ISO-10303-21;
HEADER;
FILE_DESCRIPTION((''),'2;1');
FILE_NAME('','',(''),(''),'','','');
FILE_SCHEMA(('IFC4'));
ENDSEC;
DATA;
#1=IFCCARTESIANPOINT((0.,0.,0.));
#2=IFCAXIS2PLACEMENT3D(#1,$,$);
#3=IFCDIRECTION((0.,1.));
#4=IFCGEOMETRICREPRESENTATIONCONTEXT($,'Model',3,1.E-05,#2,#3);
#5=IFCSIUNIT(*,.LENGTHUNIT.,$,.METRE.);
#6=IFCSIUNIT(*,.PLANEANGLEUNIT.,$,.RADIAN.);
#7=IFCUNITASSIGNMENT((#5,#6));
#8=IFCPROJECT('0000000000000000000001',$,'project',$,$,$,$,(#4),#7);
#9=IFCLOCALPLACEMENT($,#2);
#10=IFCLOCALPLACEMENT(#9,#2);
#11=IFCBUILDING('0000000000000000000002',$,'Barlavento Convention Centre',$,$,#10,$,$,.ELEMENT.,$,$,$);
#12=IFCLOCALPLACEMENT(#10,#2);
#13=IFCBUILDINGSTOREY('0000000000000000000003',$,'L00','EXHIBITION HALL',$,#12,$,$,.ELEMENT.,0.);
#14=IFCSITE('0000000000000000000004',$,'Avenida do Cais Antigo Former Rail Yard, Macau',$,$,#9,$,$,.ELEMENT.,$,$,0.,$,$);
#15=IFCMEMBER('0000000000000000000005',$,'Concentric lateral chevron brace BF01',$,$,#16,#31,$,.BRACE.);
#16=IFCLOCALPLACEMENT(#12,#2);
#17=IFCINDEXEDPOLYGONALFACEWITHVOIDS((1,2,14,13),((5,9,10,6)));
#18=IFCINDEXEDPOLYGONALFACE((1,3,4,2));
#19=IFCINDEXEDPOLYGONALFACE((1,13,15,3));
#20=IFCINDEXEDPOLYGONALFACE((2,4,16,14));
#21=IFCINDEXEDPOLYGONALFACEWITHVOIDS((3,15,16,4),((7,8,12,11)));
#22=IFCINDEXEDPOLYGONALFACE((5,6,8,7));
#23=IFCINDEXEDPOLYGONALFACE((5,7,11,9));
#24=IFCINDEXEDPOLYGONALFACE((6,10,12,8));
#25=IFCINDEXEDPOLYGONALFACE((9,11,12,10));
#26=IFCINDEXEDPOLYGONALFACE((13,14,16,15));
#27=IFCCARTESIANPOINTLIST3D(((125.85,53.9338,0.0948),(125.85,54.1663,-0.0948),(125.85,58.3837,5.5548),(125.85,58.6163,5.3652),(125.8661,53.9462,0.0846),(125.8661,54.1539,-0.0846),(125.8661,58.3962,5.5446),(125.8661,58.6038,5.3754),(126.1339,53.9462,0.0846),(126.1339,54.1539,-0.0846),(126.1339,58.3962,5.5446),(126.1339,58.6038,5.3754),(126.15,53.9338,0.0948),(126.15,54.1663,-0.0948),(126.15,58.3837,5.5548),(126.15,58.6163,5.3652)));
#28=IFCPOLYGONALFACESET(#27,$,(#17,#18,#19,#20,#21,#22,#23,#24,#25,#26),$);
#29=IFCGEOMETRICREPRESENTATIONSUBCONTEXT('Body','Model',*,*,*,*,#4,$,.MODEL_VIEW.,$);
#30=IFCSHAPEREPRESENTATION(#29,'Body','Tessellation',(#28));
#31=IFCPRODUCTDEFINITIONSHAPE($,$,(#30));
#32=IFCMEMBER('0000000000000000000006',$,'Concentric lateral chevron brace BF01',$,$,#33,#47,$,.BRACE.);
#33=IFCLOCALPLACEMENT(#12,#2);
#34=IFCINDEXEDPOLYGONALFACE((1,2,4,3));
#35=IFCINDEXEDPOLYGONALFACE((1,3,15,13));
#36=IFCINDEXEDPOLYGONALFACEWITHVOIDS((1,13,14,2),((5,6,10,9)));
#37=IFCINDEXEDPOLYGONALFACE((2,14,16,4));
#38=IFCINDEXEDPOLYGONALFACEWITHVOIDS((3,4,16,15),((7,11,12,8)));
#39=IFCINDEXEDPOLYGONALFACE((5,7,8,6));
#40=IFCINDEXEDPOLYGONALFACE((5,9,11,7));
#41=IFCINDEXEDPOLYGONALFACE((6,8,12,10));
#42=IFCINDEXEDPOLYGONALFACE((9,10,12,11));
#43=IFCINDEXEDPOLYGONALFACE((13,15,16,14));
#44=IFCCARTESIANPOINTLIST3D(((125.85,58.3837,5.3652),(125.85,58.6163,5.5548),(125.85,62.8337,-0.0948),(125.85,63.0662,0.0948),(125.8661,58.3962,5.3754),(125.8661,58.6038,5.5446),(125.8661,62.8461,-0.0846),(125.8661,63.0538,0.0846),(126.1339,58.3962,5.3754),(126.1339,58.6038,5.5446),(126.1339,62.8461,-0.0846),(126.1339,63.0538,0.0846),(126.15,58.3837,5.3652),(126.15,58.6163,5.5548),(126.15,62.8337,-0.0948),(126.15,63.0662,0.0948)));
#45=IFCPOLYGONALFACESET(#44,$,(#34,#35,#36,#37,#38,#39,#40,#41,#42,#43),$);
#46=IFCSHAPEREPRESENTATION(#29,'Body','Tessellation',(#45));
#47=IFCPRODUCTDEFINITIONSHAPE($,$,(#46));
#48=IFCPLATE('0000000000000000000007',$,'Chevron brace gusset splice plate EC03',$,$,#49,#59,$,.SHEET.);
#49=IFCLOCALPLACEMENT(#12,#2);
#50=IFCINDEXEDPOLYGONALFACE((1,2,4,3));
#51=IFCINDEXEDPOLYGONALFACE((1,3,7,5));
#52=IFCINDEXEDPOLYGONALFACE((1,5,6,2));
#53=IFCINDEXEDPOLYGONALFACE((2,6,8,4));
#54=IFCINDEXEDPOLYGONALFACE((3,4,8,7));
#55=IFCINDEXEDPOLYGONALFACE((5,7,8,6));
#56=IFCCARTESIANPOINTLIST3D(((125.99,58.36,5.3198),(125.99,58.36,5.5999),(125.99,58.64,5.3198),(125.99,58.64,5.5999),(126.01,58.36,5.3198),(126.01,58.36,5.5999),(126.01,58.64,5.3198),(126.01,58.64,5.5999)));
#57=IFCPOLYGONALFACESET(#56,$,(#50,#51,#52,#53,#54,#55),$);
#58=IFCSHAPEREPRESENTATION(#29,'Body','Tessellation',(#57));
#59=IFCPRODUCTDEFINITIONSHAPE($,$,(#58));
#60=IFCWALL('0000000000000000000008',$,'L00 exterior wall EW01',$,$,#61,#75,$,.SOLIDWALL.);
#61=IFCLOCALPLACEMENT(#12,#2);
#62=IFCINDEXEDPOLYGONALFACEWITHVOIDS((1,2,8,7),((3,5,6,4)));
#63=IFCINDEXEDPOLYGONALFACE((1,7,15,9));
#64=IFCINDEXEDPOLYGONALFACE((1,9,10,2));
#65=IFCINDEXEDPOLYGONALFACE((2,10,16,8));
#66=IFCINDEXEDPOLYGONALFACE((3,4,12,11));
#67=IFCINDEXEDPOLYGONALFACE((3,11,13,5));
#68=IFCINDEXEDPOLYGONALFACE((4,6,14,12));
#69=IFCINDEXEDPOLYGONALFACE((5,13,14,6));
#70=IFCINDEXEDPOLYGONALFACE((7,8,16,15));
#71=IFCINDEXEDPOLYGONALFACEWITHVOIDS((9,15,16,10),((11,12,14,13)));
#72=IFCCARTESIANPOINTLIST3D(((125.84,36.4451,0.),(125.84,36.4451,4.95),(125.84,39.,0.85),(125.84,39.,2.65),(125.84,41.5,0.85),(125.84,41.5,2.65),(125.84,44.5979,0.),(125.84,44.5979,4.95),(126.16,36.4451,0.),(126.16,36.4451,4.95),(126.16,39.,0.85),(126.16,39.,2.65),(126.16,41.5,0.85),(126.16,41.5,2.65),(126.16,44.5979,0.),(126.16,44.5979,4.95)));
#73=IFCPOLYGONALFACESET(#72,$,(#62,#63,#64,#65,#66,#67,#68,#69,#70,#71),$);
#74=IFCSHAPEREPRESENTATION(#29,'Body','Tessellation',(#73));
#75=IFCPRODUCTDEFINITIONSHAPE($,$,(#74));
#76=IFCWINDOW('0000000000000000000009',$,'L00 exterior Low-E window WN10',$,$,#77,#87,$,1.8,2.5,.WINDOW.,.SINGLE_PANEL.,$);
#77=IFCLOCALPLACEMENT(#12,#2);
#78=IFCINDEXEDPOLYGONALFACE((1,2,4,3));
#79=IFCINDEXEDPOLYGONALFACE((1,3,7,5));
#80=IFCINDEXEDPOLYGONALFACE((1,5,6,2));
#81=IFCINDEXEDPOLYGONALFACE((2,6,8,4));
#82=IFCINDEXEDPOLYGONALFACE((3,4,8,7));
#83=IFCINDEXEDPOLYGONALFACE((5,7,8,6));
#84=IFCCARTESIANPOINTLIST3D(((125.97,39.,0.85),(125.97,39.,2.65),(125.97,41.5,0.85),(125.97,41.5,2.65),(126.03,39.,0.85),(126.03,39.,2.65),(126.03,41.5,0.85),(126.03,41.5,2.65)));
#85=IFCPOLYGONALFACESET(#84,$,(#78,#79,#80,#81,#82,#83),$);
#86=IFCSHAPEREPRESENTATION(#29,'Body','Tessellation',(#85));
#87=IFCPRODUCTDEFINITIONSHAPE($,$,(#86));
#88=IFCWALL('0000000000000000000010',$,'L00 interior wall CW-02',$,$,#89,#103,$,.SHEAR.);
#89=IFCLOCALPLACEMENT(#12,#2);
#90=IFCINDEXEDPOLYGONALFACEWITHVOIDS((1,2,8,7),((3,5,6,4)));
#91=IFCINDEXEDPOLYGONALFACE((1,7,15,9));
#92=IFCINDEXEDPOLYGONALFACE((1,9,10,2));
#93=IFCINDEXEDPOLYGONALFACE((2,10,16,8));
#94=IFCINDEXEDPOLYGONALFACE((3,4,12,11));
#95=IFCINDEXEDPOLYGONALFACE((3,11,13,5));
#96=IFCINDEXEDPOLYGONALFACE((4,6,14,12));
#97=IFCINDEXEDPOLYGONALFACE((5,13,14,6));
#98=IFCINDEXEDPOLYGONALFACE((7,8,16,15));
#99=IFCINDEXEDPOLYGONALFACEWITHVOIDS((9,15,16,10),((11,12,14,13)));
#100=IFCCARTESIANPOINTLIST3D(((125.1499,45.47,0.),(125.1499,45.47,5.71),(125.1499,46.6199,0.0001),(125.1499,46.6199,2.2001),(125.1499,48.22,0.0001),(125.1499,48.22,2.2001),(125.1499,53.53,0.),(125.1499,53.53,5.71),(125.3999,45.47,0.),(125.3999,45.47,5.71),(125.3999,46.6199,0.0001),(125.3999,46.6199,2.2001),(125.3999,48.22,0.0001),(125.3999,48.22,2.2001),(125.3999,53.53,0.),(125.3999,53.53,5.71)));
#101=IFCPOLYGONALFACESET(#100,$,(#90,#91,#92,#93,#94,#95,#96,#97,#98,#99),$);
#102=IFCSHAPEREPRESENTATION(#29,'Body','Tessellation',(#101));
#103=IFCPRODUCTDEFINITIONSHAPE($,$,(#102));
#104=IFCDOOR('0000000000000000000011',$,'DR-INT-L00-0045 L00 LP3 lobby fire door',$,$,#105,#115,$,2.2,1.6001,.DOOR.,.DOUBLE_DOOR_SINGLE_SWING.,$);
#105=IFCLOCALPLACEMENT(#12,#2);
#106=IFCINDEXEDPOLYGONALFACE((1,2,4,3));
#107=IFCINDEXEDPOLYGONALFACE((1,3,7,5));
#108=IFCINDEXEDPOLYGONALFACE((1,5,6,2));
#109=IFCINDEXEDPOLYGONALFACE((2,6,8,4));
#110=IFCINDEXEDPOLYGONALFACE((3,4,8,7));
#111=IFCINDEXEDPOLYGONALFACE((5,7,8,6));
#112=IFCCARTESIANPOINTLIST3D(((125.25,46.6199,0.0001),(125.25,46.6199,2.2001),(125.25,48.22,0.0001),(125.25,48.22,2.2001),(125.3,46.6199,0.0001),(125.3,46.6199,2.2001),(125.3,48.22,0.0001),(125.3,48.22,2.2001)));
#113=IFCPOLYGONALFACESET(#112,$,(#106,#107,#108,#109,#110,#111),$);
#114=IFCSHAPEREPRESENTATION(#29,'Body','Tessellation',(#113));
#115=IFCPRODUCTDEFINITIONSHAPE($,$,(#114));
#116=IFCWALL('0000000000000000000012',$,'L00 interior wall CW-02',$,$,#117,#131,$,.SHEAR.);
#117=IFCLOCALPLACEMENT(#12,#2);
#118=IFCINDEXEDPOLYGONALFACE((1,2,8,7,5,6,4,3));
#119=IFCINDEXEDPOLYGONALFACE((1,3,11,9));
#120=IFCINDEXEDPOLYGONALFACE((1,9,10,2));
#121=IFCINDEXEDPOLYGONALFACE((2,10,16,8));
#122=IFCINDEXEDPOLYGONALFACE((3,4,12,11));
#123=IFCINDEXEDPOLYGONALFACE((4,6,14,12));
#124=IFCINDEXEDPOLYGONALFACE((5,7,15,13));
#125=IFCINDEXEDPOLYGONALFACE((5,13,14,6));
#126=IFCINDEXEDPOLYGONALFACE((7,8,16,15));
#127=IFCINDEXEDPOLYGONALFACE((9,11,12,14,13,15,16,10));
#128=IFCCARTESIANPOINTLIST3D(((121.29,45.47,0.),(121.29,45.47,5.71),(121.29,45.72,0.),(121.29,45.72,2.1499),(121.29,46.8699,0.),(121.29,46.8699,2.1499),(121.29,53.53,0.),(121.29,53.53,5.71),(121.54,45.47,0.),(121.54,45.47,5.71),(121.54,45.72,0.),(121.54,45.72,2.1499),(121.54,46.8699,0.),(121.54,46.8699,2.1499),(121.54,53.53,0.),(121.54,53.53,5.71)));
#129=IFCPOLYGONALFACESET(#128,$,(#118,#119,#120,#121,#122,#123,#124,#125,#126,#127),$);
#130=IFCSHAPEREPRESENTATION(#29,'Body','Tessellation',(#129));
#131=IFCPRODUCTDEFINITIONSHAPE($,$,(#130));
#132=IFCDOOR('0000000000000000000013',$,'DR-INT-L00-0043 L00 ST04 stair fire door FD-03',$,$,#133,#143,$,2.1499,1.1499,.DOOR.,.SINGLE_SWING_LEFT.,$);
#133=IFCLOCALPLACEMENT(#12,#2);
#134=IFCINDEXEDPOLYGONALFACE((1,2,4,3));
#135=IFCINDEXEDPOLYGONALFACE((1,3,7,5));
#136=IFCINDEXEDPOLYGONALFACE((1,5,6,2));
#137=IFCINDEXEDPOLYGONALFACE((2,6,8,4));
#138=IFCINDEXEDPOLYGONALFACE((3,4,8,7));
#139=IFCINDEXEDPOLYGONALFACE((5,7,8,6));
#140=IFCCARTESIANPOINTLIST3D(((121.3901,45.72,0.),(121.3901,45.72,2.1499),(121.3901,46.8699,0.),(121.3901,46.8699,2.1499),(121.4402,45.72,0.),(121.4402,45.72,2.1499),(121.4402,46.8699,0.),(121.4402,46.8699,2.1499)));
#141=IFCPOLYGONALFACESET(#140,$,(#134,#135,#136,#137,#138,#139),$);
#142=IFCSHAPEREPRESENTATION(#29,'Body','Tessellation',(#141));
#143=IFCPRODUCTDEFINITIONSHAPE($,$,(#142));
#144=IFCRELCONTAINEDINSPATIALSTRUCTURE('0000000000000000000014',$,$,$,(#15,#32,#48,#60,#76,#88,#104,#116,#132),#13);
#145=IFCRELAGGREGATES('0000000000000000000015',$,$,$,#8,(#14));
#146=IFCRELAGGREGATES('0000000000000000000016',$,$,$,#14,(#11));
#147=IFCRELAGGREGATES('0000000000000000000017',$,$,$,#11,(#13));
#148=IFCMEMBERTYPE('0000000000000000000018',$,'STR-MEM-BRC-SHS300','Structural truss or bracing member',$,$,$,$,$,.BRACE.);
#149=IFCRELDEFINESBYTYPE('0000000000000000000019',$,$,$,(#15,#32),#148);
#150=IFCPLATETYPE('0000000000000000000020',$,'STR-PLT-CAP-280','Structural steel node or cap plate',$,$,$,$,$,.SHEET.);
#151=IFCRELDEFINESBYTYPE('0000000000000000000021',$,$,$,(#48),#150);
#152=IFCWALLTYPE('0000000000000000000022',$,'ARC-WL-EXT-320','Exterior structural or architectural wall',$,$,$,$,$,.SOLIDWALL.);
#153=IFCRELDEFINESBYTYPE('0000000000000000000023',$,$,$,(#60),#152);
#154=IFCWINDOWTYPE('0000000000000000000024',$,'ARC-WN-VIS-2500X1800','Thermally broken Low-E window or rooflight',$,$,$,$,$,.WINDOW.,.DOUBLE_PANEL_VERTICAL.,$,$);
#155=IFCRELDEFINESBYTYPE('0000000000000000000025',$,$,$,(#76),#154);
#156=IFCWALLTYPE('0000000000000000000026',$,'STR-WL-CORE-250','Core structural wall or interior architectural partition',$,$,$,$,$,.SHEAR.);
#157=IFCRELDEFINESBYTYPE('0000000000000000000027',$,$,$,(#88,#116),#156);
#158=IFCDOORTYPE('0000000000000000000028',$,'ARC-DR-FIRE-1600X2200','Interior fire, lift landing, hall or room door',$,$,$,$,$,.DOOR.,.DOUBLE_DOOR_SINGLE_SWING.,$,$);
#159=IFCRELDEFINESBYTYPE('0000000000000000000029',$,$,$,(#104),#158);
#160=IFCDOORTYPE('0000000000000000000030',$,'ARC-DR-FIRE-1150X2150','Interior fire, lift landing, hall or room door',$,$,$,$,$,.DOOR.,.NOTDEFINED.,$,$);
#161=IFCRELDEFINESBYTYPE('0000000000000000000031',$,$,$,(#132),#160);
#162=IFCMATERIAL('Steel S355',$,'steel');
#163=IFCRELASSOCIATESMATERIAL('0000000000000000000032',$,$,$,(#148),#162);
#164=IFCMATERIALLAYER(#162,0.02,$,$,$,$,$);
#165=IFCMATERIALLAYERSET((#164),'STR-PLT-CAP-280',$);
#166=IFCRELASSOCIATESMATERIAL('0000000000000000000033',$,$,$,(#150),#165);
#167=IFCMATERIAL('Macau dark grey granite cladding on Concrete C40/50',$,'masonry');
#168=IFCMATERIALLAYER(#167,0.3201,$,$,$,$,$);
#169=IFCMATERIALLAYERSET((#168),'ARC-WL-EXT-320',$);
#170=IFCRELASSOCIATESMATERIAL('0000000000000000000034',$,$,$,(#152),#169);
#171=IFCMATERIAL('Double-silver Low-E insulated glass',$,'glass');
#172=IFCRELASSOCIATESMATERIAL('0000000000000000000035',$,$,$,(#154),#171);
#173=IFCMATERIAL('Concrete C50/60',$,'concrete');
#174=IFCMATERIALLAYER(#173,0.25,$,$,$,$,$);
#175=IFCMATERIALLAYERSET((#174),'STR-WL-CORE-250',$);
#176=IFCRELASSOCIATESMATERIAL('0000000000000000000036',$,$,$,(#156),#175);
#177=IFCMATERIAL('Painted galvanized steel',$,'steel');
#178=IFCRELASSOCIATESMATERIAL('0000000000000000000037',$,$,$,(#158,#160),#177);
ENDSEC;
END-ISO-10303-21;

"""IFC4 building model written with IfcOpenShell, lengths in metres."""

from ifc_helpers import new_model, si_unit, direction, frame, frame_2d, origin, origin_2d, place, context, subcontext, project, spatial, rectangle, hollow_rectangle, extrude, material, layer, layer_set, material_profile, profile_set, type_object, element, fill, save


model = new_model("IFC4")

# Units and contexts
model_context = context("Model", 3, precision=1e-05, world=origin(), true_north=direction((0.0, 1.0)))
body_context = subcontext(model_context, "Body", "Model", "MODEL_VIEW")
ifc_project = project(units=[si_unit("LENGTHUNIT", "METRE"), si_unit("PLANEANGLEUNIT", "RADIAN")], contexts=[model_context])

# Site, building, storey
site_placement = place(None, origin())
site = spatial("IfcSite", under=ifc_project, at=site_placement, Name="Avenida do Cais Antigo Former Rail Yard, Macau", CompositionType="ELEMENT", RefElevation=0.0)
building_placement = place(site_placement, origin())
building = spatial("IfcBuilding", under=site, at=building_placement, Name="Barlavento Convention Centre", CompositionType="ELEMENT")
storey_placement = place(building_placement, origin())
storey = spatial("IfcBuildingStorey", under=building, at=storey_placement, Name="L00", Description="EXHIBITION HALL", CompositionType="ELEMENT", Elevation=0.0)

# Shared definitions
ifc_material_1 = material(Name="Concrete C50/60", Category="concrete")

# Shared definitions
ifc_material_2 = material(Name="Steel S355", Category="steel")

# Members
ifc_material_profile_1 = material_profile(ifc_material_2, hollow_rectangle(XDim=0.3, YDim=0.3, WallThickness=0.0161, at=origin_2d()), Name="SHS 300x300x16.0")
ifc_profile_set_1 = profile_set([ifc_material_profile_1], Name="Steel S355")
member_type = type_object("IfcMemberType", Name="STR-MEM-BRC-SHS300", Description="Structural truss or bracing member", PredefinedType="BRACE", material=ifc_profile_set_1)
for number, where, z_axis, x_axis, name in (
    (1, (126.0, 54.05, 0.0), (0.0, 0.631766, 0.775159), (-1.0, 0.0, 0.0), "Concentric lateral chevron brace BF01"),
    (2, (126.0, 62.95, 0.0), (0.0, -0.631766, 0.775159), (1.0, 0.0, 0.0), "Concentric lateral chevron brace BF01"),
):
    element("IfcMember", number, at=place(storey_placement, frame(where, z_axis=z_axis, x_axis=x_axis)), inside=storey, type_object=member_type, Name=name, PredefinedType="BRACE", context=body_context, shape_type="SweptSolid", body=[
        extrude(hollow_rectangle(XDim=0.3, YDim=0.3, WallThickness=0.0161, at=origin_2d()), origin(), (0.0, 0.0, 1.0), 7.0437),
    ])

# Plate
ifc_layer_1 = layer(ifc_material_2, 0.02)
ifc_layer_set_1 = layer_set([ifc_layer_1], Name="STR-PLT-CAP-280")
plate_type = type_object("IfcPlateType", Name="STR-PLT-CAP-280", Description="Structural steel node or cap plate", PredefinedType="SHEET", material=ifc_layer_set_1)
plate_placement = place(storey_placement, frame((126.0, 58.5, 5.3198), z_axis=(0.0, 0.0, 1.0), x_axis=(1.0, 0.0, 0.0)))
element("IfcPlate", 3, at=plate_placement, inside=storey, type_object=plate_type, Name="Chevron brace gusset splice plate EC03", PredefinedType="SHEET", context=body_context, shape_type="SweptSolid", body=[
    extrude(rectangle(XDim=0.02, YDim=0.28, at=origin_2d()), origin(), (0.0, 0.0, 1.0), 0.28),
])

# Wall, opening, window
ifc_material_3 = material(Name="Macau dark grey granite cladding on Concrete C40/50", Category="masonry")
ifc_layer_2 = layer(ifc_material_3, 0.3201)
ifc_layer_set_2 = layer_set([ifc_layer_2], Name="ARC-WL-EXT-320")
wall_type_1 = type_object("IfcWallType", Name="ARC-WL-EXT-320", Description="Exterior structural or architectural wall", PredefinedType="SOLIDWALL", material=ifc_layer_set_2)
wall_1_placement = place(storey_placement, frame((126.0, 36.4451, 0.0), z_axis=(0.0, 0.0, 1.0), x_axis=(0.0, 1.0, 0.0)))
wall_1 = element("IfcWall", 4, at=wall_1_placement, inside=storey, type_object=wall_type_1, Name="L00 exterior wall EW01", PredefinedType="SOLIDWALL", context=body_context, shape_type="SweptSolid", body=[
    extrude(rectangle(XDim=8.1528, YDim=0.3201, at=frame_2d((4.0764, 0.0))), origin(), (0.0, 0.0, 1.0), 4.95),
])
opening_1_placement = place(wall_1_placement, frame((2.5549, 0.0, 0.8501)))
opening_1 = element("IfcOpeningElement", 5, at=opening_1_placement, cuts=wall_1, PredefinedType="OPENING", context=body_context, shape_type="SweptSolid", body=[
    extrude(rectangle(XDim=2.5, YDim=1.8, at=frame_2d((1.25, 0.8999))), frame((0.0, 0.1699, 0.0), z_axis=(0.0, -1.0, 0.0), x_axis=(1.0, 0.0, 0.0)), (0.0, 0.0, 1.0), 0.3401),
])
ifc_material_4 = material(Name="Double-silver Low-E insulated glass", Category="glass")
window_type = type_object("IfcWindowType", Name="ARC-WN-VIS-2500X1800", Description="Thermally broken Low-E window or rooflight", PartitioningType="DOUBLE_PANEL_VERTICAL", PredefinedType="WINDOW", material=ifc_material_4)
window_placement = place(opening_1_placement, origin())
window = element("IfcWindow", 6, at=window_placement, inside=storey, type_object=window_type, Name="L00 exterior Low-E window WN10", OverallHeight=1.8, OverallWidth=2.5, PartitioningType="SINGLE_PANEL", PredefinedType="WINDOW", context=body_context, shape_type="SweptSolid", body=[
    extrude(rectangle(XDim=2.5, YDim=1.8, at=frame_2d((1.25, 0.8999))), frame((0.0, 0.03, 0.0), z_axis=(0.0, -1.0, 0.0), x_axis=(1.0, 0.0, 0.0)), (0.0, 0.0, 1.0), 0.0601),
])
fill(opening_1, window)

# Walls, openings, doors
ifc_layer_3 = layer(ifc_material_1, 0.25)
ifc_layer_set_3 = layer_set([ifc_layer_3], Name="STR-WL-CORE-250")
wall_type_2 = type_object("IfcWallType", Name="STR-WL-CORE-250", Description="Core structural wall or interior architectural partition", PredefinedType="SHEAR", material=ifc_layer_set_3)
wall_2_placement = place(storey_placement, frame((125.2749, 45.47, 0.0), z_axis=(0.0, 0.0, 1.0), x_axis=(0.0, 1.0, 0.0)))
wall_2 = element("IfcWall", 7, at=wall_2_placement, inside=storey, type_object=wall_type_2, Name="L00 interior wall CW-02", PredefinedType="SHEAR", context=body_context, shape_type="SweptSolid", body=[
    extrude(rectangle(XDim=8.0601, YDim=0.25, at=frame_2d((4.03, 0.0))), origin(), (0.0, 0.0, 1.0), 5.71),
])
opening_2_placement = place(wall_2_placement, frame((1.1499, 0.0, 0.0)))
opening_2 = element("IfcOpeningElement", 8, at=opening_2_placement, cuts=wall_2, PredefinedType="OPENING", context=body_context, shape_type="SweptSolid", body=[
    extrude(rectangle(XDim=1.6001, YDim=2.2, at=frame_2d((0.8, 1.1001))), frame((0.0, 0.135, 0.0), z_axis=(0.0, -1.0, 0.0), x_axis=(1.0, 0.0, 0.0)), (0.0, 0.0, 1.0), 0.27),
])
ifc_material_5 = material(Name="Painted galvanized steel", Category="steel")
door_type_1 = type_object("IfcDoorType", Name="ARC-DR-FIRE-1600X2200", Description="Interior fire, lift landing, hall or room door", OperationType="DOUBLE_DOOR_SINGLE_SWING", PredefinedType="DOOR", material=ifc_material_5)
door_1_placement = place(opening_2_placement, origin())
door_1 = element("IfcDoor", 9, at=door_1_placement, inside=storey, type_object=door_type_1, Name="DR-INT-L00-0045 L00 LP3 lobby fire door", OperationType="DOUBLE_DOOR_SINGLE_SWING", OverallHeight=2.2, OverallWidth=1.6001, PredefinedType="DOOR", context=body_context, shape_type="SweptSolid", body=[
    extrude(rectangle(XDim=1.6001, YDim=2.2, at=frame_2d((0.8, 1.1001))), frame((0.0, 0.0249, 0.0), z_axis=(0.0, -1.0, 0.0), x_axis=(1.0, 0.0, 0.0)), (0.0, 0.0, 1.0), 0.05),
])
fill(opening_2, door_1)
wall_3_placement = place(storey_placement, frame((121.415, 45.47, 0.0), z_axis=(0.0, 0.0, 1.0), x_axis=(0.0, 1.0, 0.0)))
wall_3 = element("IfcWall", 10, at=wall_3_placement, inside=storey, type_object=wall_type_2, Name="L00 interior wall CW-02", PredefinedType="SHEAR", context=body_context, shape_type="SweptSolid", body=[
    extrude(rectangle(XDim=8.0601, YDim=0.25, at=frame_2d((4.03, 0.0))), origin(), (0.0, 0.0, 1.0), 5.71),
])
opening_3_placement = place(wall_3_placement, frame((0.25, 0.0, 0.0)))
opening_3 = element("IfcOpeningElement", 11, at=opening_3_placement, cuts=wall_3, PredefinedType="OPENING", context=body_context, shape_type="SweptSolid", body=[
    extrude(rectangle(XDim=1.1499, YDim=2.1499, at=frame_2d((0.575, 1.075))), frame((0.0, 0.135, 0.0), z_axis=(0.0, -1.0, 0.0), x_axis=(1.0, 0.0, 0.0)), (0.0, 0.0, 1.0), 0.27),
])
door_type_2 = type_object("IfcDoorType", Name="ARC-DR-FIRE-1150X2150", Description="Interior fire, lift landing, hall or room door", OperationType="NOTDEFINED", PredefinedType="DOOR", material=ifc_material_5)
door_2_placement = place(opening_3_placement, origin())
door_2 = element("IfcDoor", 12, at=door_2_placement, inside=storey, type_object=door_type_2, Name="DR-INT-L00-0043 L00 ST04 stair fire door FD-03", OperationType="SINGLE_SWING_LEFT", OverallHeight=2.1499, OverallWidth=1.1499, PredefinedType="DOOR", context=body_context, shape_type="SweptSolid", body=[
    extrude(rectangle(XDim=1.1499, YDim=2.1499, at=frame_2d((0.575, 1.075))), frame((0.0, 0.0249, 0.0), z_axis=(0.0, -1.0, 0.0), x_axis=(1.0, 0.0, 0.0)), (0.0, 0.0, 1.0), 0.05),
])
fill(opening_3, door_2)

save(model, "model.ifc")
